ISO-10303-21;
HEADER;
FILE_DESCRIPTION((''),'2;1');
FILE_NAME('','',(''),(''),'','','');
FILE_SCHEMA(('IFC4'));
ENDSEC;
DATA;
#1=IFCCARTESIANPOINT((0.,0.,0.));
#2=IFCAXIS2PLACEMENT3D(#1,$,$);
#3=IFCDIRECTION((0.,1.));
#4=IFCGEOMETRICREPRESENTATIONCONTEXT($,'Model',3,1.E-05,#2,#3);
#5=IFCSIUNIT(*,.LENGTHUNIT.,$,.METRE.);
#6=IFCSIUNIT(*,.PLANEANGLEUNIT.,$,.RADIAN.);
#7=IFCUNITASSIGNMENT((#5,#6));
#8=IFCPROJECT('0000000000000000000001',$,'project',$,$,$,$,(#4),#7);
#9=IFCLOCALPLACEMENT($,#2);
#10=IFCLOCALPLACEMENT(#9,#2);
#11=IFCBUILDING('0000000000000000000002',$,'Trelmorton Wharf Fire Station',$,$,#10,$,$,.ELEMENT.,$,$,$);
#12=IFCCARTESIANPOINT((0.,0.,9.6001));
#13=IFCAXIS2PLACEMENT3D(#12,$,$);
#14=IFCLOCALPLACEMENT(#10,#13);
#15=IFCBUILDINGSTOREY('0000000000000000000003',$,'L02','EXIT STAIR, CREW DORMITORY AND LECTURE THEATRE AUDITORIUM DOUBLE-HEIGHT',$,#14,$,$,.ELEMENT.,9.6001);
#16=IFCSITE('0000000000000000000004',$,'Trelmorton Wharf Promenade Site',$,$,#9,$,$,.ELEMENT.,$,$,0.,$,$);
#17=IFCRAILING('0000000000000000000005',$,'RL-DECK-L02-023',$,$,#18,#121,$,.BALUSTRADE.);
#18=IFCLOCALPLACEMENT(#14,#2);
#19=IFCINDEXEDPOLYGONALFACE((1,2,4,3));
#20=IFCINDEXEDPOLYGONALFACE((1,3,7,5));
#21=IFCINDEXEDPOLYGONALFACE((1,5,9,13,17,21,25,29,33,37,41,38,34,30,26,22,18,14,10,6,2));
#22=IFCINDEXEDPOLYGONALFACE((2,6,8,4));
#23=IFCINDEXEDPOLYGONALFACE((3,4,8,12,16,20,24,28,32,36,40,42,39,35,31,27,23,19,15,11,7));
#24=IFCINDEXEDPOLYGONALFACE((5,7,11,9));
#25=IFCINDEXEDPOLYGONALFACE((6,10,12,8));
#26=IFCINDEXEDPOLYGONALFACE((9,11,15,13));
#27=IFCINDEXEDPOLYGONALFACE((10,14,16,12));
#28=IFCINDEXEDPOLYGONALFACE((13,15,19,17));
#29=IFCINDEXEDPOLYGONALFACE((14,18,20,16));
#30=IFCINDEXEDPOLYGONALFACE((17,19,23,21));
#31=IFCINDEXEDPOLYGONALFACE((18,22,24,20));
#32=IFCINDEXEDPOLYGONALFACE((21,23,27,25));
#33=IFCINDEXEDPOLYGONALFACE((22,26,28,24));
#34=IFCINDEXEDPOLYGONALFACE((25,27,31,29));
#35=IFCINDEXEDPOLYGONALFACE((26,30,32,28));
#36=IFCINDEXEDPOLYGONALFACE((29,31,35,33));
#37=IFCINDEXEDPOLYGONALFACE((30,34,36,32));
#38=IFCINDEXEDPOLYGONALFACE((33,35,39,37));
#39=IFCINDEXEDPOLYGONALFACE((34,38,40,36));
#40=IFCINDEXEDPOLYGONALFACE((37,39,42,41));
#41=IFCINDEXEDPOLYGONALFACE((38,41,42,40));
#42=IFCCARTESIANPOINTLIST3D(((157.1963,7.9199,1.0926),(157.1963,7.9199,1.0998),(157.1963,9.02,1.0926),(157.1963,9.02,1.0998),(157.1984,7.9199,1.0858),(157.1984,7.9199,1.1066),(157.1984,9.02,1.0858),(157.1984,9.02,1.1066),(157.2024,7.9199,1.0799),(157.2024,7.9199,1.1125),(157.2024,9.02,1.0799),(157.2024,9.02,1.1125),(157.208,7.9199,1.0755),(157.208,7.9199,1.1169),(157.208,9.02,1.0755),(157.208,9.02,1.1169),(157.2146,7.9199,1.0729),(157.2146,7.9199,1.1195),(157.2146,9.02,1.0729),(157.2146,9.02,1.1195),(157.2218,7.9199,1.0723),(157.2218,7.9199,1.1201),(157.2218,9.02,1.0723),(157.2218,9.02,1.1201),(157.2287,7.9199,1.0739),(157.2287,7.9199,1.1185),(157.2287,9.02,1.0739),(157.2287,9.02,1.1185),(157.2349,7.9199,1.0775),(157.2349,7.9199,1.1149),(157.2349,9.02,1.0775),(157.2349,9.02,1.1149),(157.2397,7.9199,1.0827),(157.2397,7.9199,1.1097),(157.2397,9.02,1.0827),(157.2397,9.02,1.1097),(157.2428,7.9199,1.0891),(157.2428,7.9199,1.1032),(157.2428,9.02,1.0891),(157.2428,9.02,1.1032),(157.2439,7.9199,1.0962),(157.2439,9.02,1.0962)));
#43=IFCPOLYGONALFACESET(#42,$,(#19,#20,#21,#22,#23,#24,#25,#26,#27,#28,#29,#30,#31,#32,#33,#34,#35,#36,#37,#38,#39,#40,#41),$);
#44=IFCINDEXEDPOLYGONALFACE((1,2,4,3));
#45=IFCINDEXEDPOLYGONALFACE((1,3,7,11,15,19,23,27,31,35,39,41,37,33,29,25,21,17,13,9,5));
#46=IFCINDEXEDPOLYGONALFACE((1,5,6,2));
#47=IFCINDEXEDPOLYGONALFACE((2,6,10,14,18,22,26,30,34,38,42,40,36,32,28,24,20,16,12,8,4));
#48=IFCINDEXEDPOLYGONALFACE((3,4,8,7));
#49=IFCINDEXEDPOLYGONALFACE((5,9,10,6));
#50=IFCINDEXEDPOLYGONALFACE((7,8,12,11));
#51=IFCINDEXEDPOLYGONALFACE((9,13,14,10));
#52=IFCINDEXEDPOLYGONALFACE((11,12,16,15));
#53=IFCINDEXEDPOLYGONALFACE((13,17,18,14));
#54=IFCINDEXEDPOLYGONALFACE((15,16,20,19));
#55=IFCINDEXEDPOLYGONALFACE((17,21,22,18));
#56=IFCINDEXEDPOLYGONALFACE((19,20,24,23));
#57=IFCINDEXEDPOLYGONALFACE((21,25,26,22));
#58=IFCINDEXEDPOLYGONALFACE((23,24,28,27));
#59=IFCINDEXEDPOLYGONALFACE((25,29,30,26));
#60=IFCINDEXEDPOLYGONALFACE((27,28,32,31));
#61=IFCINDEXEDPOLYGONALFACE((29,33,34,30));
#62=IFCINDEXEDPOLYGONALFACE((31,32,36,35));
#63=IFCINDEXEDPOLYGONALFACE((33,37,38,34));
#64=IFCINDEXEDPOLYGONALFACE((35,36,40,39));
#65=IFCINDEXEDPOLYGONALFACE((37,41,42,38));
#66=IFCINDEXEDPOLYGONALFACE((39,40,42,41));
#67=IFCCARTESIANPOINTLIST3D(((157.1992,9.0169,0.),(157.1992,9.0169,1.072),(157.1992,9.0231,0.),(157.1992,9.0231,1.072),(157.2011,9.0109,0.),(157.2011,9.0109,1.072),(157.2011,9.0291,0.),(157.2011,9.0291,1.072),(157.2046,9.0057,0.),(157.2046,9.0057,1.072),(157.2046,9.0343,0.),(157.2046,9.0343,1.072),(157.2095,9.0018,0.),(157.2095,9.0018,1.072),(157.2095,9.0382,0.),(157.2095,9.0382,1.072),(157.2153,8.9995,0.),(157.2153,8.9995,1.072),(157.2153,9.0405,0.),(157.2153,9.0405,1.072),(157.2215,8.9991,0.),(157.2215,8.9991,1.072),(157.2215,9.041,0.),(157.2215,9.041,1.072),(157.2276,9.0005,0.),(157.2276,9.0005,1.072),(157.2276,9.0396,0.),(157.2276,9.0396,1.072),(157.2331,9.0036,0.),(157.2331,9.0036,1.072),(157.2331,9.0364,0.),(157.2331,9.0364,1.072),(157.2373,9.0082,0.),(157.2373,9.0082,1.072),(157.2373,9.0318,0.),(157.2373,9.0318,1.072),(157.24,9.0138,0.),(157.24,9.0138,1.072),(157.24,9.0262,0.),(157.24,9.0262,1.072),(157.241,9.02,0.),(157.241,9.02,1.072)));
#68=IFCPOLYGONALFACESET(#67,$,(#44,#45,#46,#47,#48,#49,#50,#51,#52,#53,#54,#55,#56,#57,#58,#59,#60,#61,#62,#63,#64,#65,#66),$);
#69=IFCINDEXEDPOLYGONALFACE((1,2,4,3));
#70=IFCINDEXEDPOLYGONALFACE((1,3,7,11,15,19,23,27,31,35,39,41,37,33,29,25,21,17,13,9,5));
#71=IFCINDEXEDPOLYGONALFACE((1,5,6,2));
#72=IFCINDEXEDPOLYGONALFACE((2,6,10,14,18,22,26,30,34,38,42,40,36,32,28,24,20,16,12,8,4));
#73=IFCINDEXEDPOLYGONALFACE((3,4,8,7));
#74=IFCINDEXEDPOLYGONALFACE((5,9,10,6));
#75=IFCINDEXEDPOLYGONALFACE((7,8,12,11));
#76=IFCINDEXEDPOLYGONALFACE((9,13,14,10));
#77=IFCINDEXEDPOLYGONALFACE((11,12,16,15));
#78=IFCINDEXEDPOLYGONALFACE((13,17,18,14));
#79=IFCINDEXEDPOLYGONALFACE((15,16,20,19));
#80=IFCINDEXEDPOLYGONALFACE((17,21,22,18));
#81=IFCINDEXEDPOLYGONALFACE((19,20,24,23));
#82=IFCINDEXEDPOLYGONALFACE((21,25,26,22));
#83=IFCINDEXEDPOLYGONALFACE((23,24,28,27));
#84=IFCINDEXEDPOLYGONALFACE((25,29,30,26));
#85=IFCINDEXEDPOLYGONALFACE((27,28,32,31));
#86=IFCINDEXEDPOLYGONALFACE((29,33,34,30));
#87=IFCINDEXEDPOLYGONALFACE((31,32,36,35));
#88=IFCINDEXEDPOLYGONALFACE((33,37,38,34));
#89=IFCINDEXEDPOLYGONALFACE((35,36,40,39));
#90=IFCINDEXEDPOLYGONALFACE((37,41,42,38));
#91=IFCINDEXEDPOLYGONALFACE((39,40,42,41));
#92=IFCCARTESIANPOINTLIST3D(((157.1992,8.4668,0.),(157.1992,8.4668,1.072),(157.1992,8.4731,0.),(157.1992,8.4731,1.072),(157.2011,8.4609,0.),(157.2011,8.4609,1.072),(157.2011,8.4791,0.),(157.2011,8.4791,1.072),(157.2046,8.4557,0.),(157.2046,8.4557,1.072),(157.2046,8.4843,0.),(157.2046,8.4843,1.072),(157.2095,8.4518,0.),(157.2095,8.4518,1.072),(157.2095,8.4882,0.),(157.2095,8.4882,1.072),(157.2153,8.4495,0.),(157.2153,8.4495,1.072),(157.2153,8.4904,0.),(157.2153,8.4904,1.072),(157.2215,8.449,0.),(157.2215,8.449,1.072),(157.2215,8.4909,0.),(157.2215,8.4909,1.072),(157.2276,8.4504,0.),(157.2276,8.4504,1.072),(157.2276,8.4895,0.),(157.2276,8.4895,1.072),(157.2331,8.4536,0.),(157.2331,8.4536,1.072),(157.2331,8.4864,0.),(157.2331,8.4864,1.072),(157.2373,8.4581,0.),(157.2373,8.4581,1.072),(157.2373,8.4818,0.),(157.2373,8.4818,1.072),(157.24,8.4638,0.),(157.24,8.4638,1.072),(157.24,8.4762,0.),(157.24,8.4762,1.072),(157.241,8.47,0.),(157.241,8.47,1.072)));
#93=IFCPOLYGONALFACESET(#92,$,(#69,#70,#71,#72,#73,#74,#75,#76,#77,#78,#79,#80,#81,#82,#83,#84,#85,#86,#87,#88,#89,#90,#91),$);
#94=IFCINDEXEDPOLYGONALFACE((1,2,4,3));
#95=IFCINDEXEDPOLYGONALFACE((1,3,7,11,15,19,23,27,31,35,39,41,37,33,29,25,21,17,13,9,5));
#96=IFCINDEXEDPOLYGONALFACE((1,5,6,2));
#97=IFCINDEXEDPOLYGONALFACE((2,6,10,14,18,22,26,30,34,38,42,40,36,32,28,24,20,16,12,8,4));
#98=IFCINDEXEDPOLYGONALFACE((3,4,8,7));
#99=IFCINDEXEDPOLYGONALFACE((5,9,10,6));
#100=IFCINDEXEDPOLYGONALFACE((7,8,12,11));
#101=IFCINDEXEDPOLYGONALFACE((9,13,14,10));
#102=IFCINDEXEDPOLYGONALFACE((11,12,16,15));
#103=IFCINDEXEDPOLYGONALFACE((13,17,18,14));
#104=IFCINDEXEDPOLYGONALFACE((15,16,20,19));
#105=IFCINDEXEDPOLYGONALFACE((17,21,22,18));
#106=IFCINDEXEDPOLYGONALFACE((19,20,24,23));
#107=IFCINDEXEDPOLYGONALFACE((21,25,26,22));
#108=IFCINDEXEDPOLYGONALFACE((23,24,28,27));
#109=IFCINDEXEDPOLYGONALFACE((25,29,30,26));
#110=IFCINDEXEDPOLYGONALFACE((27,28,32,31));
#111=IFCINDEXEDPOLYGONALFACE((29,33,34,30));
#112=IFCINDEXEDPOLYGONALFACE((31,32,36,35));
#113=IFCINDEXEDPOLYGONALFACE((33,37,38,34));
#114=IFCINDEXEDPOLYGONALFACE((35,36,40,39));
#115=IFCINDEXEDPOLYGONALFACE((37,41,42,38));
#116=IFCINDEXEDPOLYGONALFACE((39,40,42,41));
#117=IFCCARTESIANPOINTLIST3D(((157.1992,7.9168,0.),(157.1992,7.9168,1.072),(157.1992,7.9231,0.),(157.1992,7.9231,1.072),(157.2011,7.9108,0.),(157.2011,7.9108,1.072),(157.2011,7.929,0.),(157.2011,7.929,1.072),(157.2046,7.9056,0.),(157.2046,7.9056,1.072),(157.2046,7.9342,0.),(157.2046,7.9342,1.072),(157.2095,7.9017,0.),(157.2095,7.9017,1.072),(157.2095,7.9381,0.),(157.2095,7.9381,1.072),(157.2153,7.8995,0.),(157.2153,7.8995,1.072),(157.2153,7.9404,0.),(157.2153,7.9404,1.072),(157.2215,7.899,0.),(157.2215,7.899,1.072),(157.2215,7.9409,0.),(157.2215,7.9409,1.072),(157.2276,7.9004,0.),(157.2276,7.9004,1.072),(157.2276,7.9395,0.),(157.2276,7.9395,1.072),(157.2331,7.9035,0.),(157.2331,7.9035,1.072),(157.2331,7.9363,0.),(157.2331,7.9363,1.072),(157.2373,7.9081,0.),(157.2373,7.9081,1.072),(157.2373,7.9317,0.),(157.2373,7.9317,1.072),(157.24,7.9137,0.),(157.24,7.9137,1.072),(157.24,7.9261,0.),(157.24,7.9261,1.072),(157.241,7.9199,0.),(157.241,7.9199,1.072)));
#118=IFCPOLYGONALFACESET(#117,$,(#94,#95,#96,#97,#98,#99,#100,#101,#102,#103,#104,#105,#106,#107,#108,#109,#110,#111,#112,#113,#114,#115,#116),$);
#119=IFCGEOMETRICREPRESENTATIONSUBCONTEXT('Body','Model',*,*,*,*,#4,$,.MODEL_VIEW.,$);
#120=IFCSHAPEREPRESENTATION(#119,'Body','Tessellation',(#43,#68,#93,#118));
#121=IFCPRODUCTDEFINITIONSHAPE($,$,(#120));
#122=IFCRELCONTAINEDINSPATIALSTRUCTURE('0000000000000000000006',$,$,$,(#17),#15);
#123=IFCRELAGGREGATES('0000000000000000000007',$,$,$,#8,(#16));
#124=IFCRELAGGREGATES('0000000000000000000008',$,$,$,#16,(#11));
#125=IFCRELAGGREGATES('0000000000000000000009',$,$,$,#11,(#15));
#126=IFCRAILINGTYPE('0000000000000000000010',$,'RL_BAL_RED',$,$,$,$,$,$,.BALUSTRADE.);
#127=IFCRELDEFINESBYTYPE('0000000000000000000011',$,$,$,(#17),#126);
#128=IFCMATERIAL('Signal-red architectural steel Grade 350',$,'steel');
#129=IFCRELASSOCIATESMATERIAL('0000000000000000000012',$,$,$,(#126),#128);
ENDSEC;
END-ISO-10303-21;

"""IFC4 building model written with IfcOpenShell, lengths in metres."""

from ifc_helpers import new_model, si_unit, direction, frame, origin, origin_2d, place, context, subcontext, project, spatial, circle, extrude, material, type_object, element, save


model = new_model("IFC4")

# Units and contexts
model_context = context("Model", 3, precision=1e-05, world=origin(), true_north=direction((0.0, 1.0)))
body_context = subcontext(model_context, "Body", "Model", "MODEL_VIEW")
ifc_project = project(units=[si_unit("LENGTHUNIT", "METRE"), si_unit("PLANEANGLEUNIT", "RADIAN")], contexts=[model_context])

# Site, building, storey
site_placement = place(None, origin())
site = spatial("IfcSite", under=ifc_project, at=site_placement, Name="Trelmorton Wharf Promenade Site", CompositionType="ELEMENT", RefElevation=0.0)
building_placement = place(site_placement, origin())
building = spatial("IfcBuilding", under=site, at=building_placement, Name="Trelmorton Wharf Fire Station", CompositionType="ELEMENT")
storey_placement = place(building_placement, frame((0.0, 0.0, 9.6001)))
storey = spatial("IfcBuildingStorey", under=building, at=storey_placement, Name="L02", Description="EXIT STAIR, CREW DORMITORY AND LECTURE THEATRE AUDITORIUM DOUBLE-HEIGHT", CompositionType="ELEMENT", Elevation=9.6001)

# Railing
ifc_material_1 = material(Name="Signal-red architectural steel Grade 350", Category="steel")
railing_type = type_object("IfcRailingType", Name="RL_BAL_RED", PredefinedType="BALUSTRADE", material=ifc_material_1)
railing_1_placement = place(storey_placement, frame((157.22, 9.02, 0.0)))
element("IfcRailing", 1, at=railing_1_placement, inside=storey, type_object=railing_type, Name="RL-DECK-L02-023", PredefinedType="BALUSTRADE", context=body_context, shape_type="SweptSolid", body=[
    extrude(circle(Radius=0.0239, at=origin_2d()), frame((0.0, 0.0, 1.0962), z_axis=(0.0, -1.0, 0.0), x_axis=(1.0, 0.0, 0.0)), (0.0, 0.0, 1.0), 1.1001),
    extrude(circle(Radius=0.021, at=origin_2d()), origin(), (0.0, 0.0, 1.0), 1.072),
    extrude(circle(Radius=0.021, at=origin_2d()), frame((0.0, -0.55, 0.0)), (0.0, 0.0, 1.0), 1.072),
    extrude(circle(Radius=0.021, at=origin_2d()), frame((0.0, -1.1001, 0.0)), (0.0, 0.0, 1.0), 1.072),
])

save(model, "model.ifc")
